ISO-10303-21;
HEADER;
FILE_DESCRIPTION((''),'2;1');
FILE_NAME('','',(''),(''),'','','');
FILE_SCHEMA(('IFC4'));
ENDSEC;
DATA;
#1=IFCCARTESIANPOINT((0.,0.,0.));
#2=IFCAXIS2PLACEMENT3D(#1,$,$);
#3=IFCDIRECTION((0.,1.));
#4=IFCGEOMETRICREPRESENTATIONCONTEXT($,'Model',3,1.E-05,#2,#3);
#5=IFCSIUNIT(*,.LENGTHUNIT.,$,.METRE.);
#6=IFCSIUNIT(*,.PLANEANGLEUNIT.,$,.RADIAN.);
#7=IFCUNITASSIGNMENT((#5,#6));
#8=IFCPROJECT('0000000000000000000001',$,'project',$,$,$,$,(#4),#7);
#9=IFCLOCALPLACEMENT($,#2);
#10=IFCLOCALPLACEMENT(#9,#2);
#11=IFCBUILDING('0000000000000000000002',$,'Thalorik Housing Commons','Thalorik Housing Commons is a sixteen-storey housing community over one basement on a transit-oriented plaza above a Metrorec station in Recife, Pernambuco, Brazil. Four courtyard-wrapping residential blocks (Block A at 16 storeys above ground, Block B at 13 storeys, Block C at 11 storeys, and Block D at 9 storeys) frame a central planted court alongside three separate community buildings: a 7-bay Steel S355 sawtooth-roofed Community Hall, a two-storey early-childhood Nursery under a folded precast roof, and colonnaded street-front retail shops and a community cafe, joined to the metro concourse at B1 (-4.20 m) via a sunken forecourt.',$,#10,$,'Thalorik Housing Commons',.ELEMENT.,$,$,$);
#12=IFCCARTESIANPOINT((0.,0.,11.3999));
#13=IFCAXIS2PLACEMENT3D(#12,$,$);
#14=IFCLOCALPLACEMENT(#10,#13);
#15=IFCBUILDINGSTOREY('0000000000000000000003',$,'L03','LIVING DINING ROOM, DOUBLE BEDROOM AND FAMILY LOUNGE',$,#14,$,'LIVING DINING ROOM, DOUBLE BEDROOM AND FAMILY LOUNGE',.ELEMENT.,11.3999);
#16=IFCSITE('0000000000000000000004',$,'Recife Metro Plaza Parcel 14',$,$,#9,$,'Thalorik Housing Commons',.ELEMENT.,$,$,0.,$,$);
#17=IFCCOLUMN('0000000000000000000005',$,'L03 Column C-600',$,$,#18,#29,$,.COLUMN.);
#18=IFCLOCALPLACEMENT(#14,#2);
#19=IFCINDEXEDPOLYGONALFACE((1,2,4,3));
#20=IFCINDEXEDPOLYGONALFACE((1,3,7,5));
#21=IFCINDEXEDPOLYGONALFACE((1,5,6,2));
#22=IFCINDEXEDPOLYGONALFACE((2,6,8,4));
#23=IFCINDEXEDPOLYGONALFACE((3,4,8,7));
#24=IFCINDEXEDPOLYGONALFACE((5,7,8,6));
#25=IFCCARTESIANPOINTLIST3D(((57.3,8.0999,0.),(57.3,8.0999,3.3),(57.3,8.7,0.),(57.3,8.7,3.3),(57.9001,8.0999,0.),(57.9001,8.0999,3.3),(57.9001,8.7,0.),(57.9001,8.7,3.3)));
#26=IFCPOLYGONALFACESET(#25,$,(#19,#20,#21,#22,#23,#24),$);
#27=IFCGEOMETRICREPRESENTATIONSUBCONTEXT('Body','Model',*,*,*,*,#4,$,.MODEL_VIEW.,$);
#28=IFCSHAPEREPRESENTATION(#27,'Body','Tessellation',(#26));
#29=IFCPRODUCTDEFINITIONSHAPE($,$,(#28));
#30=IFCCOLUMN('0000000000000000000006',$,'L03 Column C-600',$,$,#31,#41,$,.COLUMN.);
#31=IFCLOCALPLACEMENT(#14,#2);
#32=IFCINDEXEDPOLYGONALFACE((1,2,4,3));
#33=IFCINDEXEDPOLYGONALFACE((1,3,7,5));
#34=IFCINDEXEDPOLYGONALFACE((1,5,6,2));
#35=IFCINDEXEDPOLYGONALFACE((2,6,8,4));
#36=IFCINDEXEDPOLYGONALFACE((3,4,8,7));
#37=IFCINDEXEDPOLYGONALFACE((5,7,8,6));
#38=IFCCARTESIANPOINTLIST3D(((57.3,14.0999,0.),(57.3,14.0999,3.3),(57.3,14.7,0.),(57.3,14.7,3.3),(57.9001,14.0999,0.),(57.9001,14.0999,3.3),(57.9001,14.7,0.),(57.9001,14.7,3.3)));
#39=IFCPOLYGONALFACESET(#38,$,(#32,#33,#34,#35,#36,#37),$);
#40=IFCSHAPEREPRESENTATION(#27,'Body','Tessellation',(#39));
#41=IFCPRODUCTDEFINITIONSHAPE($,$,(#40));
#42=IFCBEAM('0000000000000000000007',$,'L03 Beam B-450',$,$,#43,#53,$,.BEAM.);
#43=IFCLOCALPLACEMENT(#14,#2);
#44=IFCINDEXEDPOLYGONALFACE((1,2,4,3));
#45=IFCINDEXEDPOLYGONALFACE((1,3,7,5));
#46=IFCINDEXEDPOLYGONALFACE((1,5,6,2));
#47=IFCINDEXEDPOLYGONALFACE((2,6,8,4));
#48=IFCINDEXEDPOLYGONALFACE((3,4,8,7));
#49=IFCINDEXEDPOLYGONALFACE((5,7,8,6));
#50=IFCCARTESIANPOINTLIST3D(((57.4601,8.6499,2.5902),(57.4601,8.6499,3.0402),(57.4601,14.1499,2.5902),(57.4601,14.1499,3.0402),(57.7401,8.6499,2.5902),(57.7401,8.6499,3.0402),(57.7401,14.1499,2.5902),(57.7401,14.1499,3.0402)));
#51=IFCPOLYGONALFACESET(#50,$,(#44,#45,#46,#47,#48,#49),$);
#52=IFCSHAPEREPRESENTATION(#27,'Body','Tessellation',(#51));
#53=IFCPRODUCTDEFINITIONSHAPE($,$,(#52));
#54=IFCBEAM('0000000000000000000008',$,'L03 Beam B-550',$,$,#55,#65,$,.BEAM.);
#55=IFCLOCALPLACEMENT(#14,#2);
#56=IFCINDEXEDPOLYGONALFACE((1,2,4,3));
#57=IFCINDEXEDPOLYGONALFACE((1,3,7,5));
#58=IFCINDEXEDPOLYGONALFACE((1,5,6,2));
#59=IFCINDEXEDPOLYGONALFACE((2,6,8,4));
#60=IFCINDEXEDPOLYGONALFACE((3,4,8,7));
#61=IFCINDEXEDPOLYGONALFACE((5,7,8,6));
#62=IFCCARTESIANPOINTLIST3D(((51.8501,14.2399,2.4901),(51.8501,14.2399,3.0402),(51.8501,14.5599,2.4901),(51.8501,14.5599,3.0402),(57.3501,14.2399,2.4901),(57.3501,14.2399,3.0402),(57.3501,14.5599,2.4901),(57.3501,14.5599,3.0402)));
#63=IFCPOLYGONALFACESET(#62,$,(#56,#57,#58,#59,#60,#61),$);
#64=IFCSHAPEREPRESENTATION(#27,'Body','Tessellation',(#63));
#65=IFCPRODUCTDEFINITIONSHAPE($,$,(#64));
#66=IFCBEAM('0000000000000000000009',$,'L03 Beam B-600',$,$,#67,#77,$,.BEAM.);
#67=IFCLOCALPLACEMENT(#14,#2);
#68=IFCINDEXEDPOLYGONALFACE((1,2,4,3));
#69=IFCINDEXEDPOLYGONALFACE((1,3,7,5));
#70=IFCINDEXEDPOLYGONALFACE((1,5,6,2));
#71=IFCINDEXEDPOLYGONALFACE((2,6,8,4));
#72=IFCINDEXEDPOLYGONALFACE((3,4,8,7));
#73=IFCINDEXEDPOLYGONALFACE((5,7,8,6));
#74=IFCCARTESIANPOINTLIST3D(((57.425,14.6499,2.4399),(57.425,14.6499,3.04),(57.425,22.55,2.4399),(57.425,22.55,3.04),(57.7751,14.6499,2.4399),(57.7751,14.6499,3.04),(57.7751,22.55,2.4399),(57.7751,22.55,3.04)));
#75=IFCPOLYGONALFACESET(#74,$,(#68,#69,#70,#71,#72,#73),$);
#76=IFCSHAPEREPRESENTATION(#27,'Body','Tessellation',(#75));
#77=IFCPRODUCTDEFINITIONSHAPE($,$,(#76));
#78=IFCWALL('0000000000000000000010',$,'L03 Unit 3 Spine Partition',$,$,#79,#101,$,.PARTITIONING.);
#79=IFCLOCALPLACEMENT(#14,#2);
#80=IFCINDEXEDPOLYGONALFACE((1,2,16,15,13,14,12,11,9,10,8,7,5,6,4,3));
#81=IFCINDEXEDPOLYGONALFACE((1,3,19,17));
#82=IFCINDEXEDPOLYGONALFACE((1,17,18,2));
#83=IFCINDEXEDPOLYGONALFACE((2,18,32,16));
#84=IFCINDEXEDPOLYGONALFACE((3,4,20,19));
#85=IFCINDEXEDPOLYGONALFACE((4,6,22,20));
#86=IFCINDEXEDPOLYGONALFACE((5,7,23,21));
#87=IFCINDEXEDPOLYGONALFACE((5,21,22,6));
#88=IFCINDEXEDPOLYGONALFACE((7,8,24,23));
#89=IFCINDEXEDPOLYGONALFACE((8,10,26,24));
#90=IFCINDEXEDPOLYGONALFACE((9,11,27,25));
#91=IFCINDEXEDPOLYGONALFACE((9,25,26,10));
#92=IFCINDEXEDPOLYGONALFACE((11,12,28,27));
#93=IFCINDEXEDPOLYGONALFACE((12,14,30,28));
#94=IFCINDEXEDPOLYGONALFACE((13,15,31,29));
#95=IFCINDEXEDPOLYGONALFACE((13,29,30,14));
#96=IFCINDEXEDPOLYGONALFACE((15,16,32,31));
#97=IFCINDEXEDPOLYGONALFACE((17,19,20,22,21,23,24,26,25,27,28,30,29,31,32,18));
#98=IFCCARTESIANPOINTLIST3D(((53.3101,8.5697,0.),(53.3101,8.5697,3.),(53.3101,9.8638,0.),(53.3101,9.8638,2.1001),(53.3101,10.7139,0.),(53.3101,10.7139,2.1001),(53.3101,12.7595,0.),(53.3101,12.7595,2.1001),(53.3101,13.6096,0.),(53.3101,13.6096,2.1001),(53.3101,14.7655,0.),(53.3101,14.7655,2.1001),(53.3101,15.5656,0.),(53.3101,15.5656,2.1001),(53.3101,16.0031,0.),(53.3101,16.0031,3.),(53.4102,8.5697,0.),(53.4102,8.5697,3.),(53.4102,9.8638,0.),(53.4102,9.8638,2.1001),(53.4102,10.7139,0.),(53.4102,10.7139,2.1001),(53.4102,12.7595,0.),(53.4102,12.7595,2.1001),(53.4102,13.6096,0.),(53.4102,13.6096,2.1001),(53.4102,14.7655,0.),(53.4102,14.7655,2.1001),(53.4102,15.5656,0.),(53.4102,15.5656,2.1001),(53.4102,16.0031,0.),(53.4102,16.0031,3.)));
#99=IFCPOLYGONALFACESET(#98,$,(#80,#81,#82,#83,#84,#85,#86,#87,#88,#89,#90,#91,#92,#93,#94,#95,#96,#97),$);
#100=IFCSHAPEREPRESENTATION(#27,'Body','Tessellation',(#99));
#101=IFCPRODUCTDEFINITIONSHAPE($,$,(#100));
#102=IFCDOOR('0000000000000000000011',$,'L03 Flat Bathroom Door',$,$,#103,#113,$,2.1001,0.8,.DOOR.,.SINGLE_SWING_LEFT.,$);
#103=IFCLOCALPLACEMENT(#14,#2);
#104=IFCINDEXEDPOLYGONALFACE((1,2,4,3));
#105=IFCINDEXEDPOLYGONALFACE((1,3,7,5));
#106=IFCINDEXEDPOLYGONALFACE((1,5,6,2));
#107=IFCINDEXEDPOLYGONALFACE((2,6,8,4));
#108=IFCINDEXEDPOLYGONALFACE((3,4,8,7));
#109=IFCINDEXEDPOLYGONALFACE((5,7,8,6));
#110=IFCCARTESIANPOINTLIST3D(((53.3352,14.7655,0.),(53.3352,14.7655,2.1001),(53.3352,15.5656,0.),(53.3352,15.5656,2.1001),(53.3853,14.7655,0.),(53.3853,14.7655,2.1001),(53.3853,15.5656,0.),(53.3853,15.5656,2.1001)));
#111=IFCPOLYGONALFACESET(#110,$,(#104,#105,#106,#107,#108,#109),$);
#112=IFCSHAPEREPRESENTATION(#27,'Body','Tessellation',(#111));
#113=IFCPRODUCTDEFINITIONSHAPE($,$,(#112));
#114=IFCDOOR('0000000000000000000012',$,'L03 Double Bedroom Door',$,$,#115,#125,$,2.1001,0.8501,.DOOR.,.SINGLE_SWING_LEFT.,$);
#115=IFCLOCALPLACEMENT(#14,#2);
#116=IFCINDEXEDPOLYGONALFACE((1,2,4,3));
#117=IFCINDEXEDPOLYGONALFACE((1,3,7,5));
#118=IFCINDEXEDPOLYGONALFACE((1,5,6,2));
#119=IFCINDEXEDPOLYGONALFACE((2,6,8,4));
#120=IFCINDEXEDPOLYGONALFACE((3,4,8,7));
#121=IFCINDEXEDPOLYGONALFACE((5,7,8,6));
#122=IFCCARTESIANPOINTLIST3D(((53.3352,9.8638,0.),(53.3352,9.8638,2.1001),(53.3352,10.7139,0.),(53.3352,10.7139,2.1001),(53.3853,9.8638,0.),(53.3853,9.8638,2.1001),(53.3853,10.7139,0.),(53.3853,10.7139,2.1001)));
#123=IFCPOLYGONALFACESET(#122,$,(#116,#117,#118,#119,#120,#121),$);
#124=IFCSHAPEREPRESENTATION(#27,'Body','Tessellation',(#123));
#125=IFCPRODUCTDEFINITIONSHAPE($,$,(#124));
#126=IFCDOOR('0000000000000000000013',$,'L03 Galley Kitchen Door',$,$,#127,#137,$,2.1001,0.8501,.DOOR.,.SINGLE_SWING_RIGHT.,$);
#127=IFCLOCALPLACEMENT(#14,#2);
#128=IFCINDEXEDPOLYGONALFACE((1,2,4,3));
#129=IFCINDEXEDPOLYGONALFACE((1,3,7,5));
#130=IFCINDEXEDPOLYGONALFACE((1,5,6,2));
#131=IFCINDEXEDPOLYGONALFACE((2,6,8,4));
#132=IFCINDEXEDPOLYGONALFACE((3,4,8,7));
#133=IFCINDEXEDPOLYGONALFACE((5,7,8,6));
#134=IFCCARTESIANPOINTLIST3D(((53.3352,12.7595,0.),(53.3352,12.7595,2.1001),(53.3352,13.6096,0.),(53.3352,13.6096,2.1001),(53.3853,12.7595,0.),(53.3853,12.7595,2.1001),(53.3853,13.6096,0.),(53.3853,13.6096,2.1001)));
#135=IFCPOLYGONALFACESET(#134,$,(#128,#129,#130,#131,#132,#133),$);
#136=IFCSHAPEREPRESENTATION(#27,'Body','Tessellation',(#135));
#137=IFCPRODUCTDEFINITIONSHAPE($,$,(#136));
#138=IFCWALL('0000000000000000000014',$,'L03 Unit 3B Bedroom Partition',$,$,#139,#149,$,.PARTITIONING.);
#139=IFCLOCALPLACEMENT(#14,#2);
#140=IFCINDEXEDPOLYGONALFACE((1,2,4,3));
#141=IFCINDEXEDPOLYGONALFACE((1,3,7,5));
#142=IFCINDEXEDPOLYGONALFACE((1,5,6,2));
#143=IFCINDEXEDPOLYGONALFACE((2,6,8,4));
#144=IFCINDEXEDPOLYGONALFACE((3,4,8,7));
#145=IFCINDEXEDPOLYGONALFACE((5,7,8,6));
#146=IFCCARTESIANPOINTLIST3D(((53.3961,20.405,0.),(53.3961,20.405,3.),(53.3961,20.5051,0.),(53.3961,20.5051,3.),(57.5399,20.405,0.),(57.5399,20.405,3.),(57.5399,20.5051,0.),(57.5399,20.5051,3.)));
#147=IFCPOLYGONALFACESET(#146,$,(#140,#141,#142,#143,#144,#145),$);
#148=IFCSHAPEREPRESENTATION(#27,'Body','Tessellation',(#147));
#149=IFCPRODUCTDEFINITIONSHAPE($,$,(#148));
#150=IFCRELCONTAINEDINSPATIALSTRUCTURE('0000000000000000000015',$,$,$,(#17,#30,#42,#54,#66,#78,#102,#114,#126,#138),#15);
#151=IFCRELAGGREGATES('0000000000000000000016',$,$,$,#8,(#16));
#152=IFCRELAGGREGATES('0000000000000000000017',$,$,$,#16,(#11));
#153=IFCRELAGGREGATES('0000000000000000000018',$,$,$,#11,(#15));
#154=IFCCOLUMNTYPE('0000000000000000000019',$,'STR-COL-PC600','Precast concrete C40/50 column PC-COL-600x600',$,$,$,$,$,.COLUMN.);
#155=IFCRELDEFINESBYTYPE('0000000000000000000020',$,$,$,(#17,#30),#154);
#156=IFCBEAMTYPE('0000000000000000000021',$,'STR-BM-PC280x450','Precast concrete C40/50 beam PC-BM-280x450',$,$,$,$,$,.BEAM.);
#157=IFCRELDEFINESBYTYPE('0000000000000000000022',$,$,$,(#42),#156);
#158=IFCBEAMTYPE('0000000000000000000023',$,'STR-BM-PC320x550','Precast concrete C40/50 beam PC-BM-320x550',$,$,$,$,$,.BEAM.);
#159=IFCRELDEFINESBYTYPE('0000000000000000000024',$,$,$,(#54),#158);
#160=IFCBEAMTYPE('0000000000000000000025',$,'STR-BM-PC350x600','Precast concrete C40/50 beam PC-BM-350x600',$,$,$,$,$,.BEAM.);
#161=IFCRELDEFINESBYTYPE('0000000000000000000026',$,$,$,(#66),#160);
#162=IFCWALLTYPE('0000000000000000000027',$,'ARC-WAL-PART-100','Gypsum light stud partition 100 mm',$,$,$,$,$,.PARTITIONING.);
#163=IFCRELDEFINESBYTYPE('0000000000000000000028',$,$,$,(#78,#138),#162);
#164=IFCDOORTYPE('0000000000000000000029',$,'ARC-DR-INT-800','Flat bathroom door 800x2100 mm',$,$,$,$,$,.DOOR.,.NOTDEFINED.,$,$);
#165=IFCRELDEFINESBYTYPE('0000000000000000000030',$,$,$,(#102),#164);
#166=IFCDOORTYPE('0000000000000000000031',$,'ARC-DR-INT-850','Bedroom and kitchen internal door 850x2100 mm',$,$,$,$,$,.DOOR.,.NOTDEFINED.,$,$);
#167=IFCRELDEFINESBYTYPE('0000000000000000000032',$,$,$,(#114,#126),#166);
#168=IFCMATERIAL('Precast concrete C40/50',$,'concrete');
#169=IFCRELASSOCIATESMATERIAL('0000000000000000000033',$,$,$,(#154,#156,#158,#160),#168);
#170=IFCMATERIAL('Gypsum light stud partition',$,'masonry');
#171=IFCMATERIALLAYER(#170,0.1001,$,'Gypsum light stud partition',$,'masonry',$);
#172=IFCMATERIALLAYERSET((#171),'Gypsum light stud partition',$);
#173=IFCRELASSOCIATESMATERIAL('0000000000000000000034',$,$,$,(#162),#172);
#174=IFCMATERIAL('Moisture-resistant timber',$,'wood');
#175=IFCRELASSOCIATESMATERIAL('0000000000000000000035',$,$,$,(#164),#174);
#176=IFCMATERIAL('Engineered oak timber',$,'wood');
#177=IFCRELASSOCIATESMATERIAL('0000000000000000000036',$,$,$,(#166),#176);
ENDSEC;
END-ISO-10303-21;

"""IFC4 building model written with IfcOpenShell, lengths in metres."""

from ifc_helpers import new_model, si_unit, direction, frame, frame_2d, origin, origin_2d, place, context, subcontext, project, spatial, rectangle, extrude, material, layer, layer_set, material_profile, profile_set, type_object, element, fill, save


model = new_model("IFC4")

# Units and contexts
model_context = context("Model", 3, precision=1e-05, world=origin(), true_north=direction((0.0, 1.0)))
body_context = subcontext(model_context, "Body", "Model", "MODEL_VIEW")
ifc_project = project(units=[si_unit("LENGTHUNIT", "METRE"), si_unit("PLANEANGLEUNIT", "RADIAN")], contexts=[model_context])

# Site, building, storey
site_placement = place(None, origin())
site = spatial("IfcSite", under=ifc_project, at=site_placement, Name="Recife Metro Plaza Parcel 14", LongName="Thalorik Housing Commons", CompositionType="ELEMENT", RefElevation=0.0)
building_placement = place(site_placement, origin())
building = spatial("IfcBuilding", under=site, at=building_placement, Name="Thalorik Housing Commons", Description="Thalorik Housing Commons is a sixteen-storey housing community over one basement on a transit-oriented plaza above a Metrorec station in Recife, Pernambuco, Brazil. Four courtyard-wrapping residential blocks (Block A at 16 storeys above ground, Block B at 13 storeys, Block C at 11 storeys, and Block D at 9 storeys) frame a central planted court alongside three separate community buildings: a 7-bay Steel S355 sawtooth-roofed Community Hall, a two-storey early-childhood Nursery under a folded precast roof, and colonnaded street-front retail shops and a community cafe, joined to the metro concourse at B1 (-4.20 m) via a sunken forecourt.", LongName="Thalorik Housing Commons", CompositionType="ELEMENT")
storey_placement = place(building_placement, frame((0.0, 0.0, 11.3999)))
storey = spatial("IfcBuildingStorey", under=building, at=storey_placement, Name="L03", Description="LIVING DINING ROOM, DOUBLE BEDROOM AND FAMILY LOUNGE", LongName="LIVING DINING ROOM, DOUBLE BEDROOM AND FAMILY LOUNGE", CompositionType="ELEMENT", Elevation=11.3999)

# Columns
ifc_material_1 = material(Name="Precast concrete C40/50", Category="concrete")
ifc_material_profile_1 = material_profile(ifc_material_1, rectangle(XDim=0.6001, YDim=0.6001, at=origin_2d()), Name="PC 600x600", Category="concrete")
ifc_profile_set_1 = profile_set([ifc_material_profile_1], Name="Precast concrete C40/50")
column_type = type_object("IfcColumnType", Name="STR-COL-PC600", Description="Precast concrete C40/50 column PC-COL-600x600", PredefinedType="COLUMN", material=ifc_profile_set_1)
for number, where, z_axis, x_axis, name in (
    (1, (57.6001, 8.3999, 0.0), (0.0, 0.0, 1.0), (1.0, 0.0, 0.0), "L03 Column C-600"),
    (2, (57.6001, 14.3999, 0.0), (0.0, 0.0, 1.0), (1.0, 0.0, 0.0), "L03 Column C-600"),
):
    element("IfcColumn", number, at=place(storey_placement, frame(where, z_axis=z_axis, x_axis=x_axis)), inside=storey, type_object=column_type, Name=name, PredefinedType="COLUMN", context=body_context, shape_type="SweptSolid", body=[
        extrude(rectangle(XDim=0.6001, YDim=0.6001, at=origin_2d()), origin(), (0.0, 0.0, 1.0), 3.3),
    ])

# Beams
ifc_material_profile_2 = material_profile(ifc_material_1, rectangle(XDim=0.28, YDim=0.45, at=origin_2d()), Name="PC 280x450", Category="concrete")
ifc_profile_set_2 = profile_set([ifc_material_profile_2], Name="Precast concrete C40/50")
beam_type_1 = type_object("IfcBeamType", Name="STR-BM-PC280x450", Description="Precast concrete C40/50 beam PC-BM-280x450", PredefinedType="BEAM", material=ifc_profile_set_2)
beam_1_placement = place(storey_placement, frame((57.6001, 8.6499, 2.8152), z_axis=(0.0, 1.0, 0.0), x_axis=(-1.0, 0.0, 0.0)))
element("IfcBeam", 3, at=beam_1_placement, inside=storey, type_object=beam_type_1, Name="L03 Beam B-450", PredefinedType="BEAM", context=body_context, shape_type="SweptSolid", body=[
    extrude(rectangle(XDim=0.28, YDim=0.45, at=origin_2d()), origin(), (0.0, 0.0, 1.0), 5.5),
])
ifc_material_profile_3 = material_profile(ifc_material_1, rectangle(XDim=0.3201, YDim=0.55, at=origin_2d()), Name="PC 320x550", Category="concrete")
ifc_profile_set_3 = profile_set([ifc_material_profile_3], Name="Precast concrete C40/50")
beam_type_2 = type_object("IfcBeamType", Name="STR-BM-PC320x550", Description="Precast concrete C40/50 beam PC-BM-320x550", PredefinedType="BEAM", material=ifc_profile_set_3)
beam_2_placement = place(storey_placement, frame((51.8501, 14.3999, 2.7651), z_axis=(1.0, 0.0, 0.0), x_axis=(0.0, 1.0, 0.0)))
element("IfcBeam", 4, at=beam_2_placement, inside=storey, type_object=beam_type_2, Name="L03 Beam B-550", PredefinedType="BEAM", context=body_context, shape_type="SweptSolid", body=[
    extrude(rectangle(XDim=0.3201, YDim=0.55, at=origin_2d()), origin(), (0.0, 0.0, 1.0), 5.5),
])
ifc_material_profile_4 = material_profile(ifc_material_1, rectangle(XDim=0.3501, YDim=0.6001, at=origin_2d()), Name="PC 350x600", Category="concrete")
ifc_profile_set_4 = profile_set([ifc_material_profile_4], Name="Precast concrete C40/50")
beam_type_3 = type_object("IfcBeamType", Name="STR-BM-PC350x600", Description="Precast concrete C40/50 beam PC-BM-350x600", PredefinedType="BEAM", material=ifc_profile_set_4)
beam_3_placement = place(storey_placement, frame((57.6001, 14.6499, 2.74), z_axis=(0.0, 1.0, 0.0), x_axis=(-1.0, 0.0, 0.0)))
element("IfcBeam", 5, at=beam_3_placement, inside=storey, type_object=beam_type_3, Name="L03 Beam B-600", PredefinedType="BEAM", context=body_context, shape_type="SweptSolid", body=[
    extrude(rectangle(XDim=0.3501, YDim=0.6001, at=origin_2d()), origin(), (0.0, 0.0, 1.0), 7.9001),
])

# Wall, openings, doors
ifc_material_2 = material(Name="Gypsum light stud partition", Category="masonry")
ifc_layer_1 = layer(ifc_material_2, 0.1001, Name="Gypsum light stud partition", Category="masonry")
ifc_layer_set_1 = layer_set([ifc_layer_1], Name="Gypsum light stud partition")
wall_type_1 = type_object("IfcWallType", Name="ARC-WAL-PART-100", Description="Gypsum light stud partition 100 mm", PredefinedType="PARTITIONING", material=ifc_layer_set_1)
wall_1_placement = place(storey_placement, frame((53.3601, 8.5696, 0.0), z_axis=(0.0, 0.0, 1.0), x_axis=(0.0, 1.0, 0.0)))
wall_1 = element("IfcWall", 6, at=wall_1_placement, inside=storey, type_object=wall_type_1, Name="L03 Unit 3 Spine Partition", PredefinedType="PARTITIONING", context=body_context, shape_type="SweptSolid", body=[
    extrude(rectangle(XDim=7.4333, YDim=0.1001, at=frame_2d((3.7168, 0.0))), origin(), (0.0, 0.0, 1.0), 3.0),
])
opening_1_placement = place(wall_1_placement, frame((1.2942, 0.0, 0.0)))
opening_1 = element("IfcOpeningElement", 7, at=opening_1_placement, cuts=wall_1, PredefinedType="OPENING", context=body_context, shape_type="SweptSolid", body=[
    extrude(rectangle(XDim=0.8501, YDim=2.1001, at=frame_2d((0.425, 1.05))), frame((0.0, 0.0601, 0.0), z_axis=(0.0, -1.0, 0.0), x_axis=(1.0, 0.0, 0.0)), (0.0, 0.0, 1.0), 0.1201),
])
opening_2_placement = place(wall_1_placement, frame((4.1899, 0.0, 0.0)))
opening_2 = element("IfcOpeningElement", 8, at=opening_2_placement, cuts=wall_1, PredefinedType="OPENING", context=body_context, shape_type="SweptSolid", body=[
    extrude(rectangle(XDim=0.8501, YDim=2.1001, at=frame_2d((0.425, 1.05))), frame((0.0, 0.0601, 0.0), z_axis=(0.0, -1.0, 0.0), x_axis=(1.0, 0.0, 0.0)), (0.0, 0.0, 1.0), 0.1201),
])
opening_3_placement = place(wall_1_placement, frame((6.196, 0.0, 0.0)))
opening_3 = element("IfcOpeningElement", 9, at=opening_3_placement, cuts=wall_1, PredefinedType="OPENING", context=body_context, shape_type="SweptSolid", body=[
    extrude(rectangle(XDim=0.8, YDim=2.1001, at=frame_2d((0.3999, 1.05))), frame((0.0, 0.0601, 0.0), z_axis=(0.0, -1.0, 0.0), x_axis=(1.0, 0.0, 0.0)), (0.0, 0.0, 1.0), 0.1201),
])
ifc_material_3 = material(Name="Moisture-resistant timber", Category="wood")
door_type_1 = type_object("IfcDoorType", Name="ARC-DR-INT-800", Description="Flat bathroom door 800x2100 mm", OperationType="NOTDEFINED", PredefinedType="DOOR", material=ifc_material_3)
door_1_placement = place(opening_3_placement, origin())
door_1 = element("IfcDoor", 10, at=door_1_placement, inside=storey, type_object=door_type_1, Name="L03 Flat Bathroom Door", OperationType="SINGLE_SWING_LEFT", OverallHeight=2.1001, OverallWidth=0.8, PredefinedType="DOOR", context=body_context, shape_type="SweptSolid", body=[
    extrude(rectangle(XDim=0.8, YDim=2.1001, at=frame_2d((0.3999, 1.05))), frame((0.0, 0.0249, 0.0), z_axis=(0.0, -1.0, 0.0), x_axis=(1.0, 0.0, 0.0)), (0.0, 0.0, 1.0), 0.05),
])
fill(opening_3, door_1)
ifc_material_4 = material(Name="Engineered oak timber", Category="wood")
door_type_2 = type_object("IfcDoorType", Name="ARC-DR-INT-850", Description="Bedroom and kitchen internal door 850x2100 mm", OperationType="NOTDEFINED", PredefinedType="DOOR", material=ifc_material_4)
door_2_placement = place(opening_1_placement, origin())
door_2 = element("IfcDoor", 11, at=door_2_placement, inside=storey, type_object=door_type_2, Name="L03 Double Bedroom Door", OperationType="SINGLE_SWING_LEFT", OverallHeight=2.1001, OverallWidth=0.8501, PredefinedType="DOOR", context=body_context, shape_type="SweptSolid", body=[
    extrude(rectangle(XDim=0.8501, YDim=2.1001, at=frame_2d((0.425, 1.05))), frame((0.0, 0.0249, 0.0), z_axis=(0.0, -1.0, 0.0), x_axis=(1.0, 0.0, 0.0)), (0.0, 0.0, 1.0), 0.05),
])
fill(opening_1, door_2)
door_3_placement = place(opening_2_placement, origin())
door_3 = element("IfcDoor", 12, at=door_3_placement, inside=storey, type_object=door_type_2, Name="L03 Galley Kitchen Door", OperationType="SINGLE_SWING_RIGHT", OverallHeight=2.1001, OverallWidth=0.8501, PredefinedType="DOOR", context=body_context, shape_type="SweptSolid", body=[
    extrude(rectangle(XDim=0.8501, YDim=2.1001, at=frame_2d((0.425, 1.05))), frame((0.0, 0.0249, 0.0), z_axis=(0.0, -1.0, 0.0), x_axis=(1.0, 0.0, 0.0)), (0.0, 0.0, 1.0), 0.05),
])
fill(opening_2, door_3)

# Wall
wall_2_placement = place(storey_placement, frame((53.3962, 20.4551, 0.0), z_axis=(0.0, 0.0, 1.0), x_axis=(1.0, 0.0, 0.0)))
element("IfcWall", 13, at=wall_2_placement, inside=storey, type_object=wall_type_1, Name="L03 Unit 3B Bedroom Partition", PredefinedType="PARTITIONING", context=body_context, shape_type="SweptSolid", body=[
    extrude(rectangle(XDim=4.1438, YDim=0.1001, at=frame_2d((2.0718, 0.0))), origin(), (0.0, 0.0, 1.0), 3.0),
])

save(model, "model.ifc")
